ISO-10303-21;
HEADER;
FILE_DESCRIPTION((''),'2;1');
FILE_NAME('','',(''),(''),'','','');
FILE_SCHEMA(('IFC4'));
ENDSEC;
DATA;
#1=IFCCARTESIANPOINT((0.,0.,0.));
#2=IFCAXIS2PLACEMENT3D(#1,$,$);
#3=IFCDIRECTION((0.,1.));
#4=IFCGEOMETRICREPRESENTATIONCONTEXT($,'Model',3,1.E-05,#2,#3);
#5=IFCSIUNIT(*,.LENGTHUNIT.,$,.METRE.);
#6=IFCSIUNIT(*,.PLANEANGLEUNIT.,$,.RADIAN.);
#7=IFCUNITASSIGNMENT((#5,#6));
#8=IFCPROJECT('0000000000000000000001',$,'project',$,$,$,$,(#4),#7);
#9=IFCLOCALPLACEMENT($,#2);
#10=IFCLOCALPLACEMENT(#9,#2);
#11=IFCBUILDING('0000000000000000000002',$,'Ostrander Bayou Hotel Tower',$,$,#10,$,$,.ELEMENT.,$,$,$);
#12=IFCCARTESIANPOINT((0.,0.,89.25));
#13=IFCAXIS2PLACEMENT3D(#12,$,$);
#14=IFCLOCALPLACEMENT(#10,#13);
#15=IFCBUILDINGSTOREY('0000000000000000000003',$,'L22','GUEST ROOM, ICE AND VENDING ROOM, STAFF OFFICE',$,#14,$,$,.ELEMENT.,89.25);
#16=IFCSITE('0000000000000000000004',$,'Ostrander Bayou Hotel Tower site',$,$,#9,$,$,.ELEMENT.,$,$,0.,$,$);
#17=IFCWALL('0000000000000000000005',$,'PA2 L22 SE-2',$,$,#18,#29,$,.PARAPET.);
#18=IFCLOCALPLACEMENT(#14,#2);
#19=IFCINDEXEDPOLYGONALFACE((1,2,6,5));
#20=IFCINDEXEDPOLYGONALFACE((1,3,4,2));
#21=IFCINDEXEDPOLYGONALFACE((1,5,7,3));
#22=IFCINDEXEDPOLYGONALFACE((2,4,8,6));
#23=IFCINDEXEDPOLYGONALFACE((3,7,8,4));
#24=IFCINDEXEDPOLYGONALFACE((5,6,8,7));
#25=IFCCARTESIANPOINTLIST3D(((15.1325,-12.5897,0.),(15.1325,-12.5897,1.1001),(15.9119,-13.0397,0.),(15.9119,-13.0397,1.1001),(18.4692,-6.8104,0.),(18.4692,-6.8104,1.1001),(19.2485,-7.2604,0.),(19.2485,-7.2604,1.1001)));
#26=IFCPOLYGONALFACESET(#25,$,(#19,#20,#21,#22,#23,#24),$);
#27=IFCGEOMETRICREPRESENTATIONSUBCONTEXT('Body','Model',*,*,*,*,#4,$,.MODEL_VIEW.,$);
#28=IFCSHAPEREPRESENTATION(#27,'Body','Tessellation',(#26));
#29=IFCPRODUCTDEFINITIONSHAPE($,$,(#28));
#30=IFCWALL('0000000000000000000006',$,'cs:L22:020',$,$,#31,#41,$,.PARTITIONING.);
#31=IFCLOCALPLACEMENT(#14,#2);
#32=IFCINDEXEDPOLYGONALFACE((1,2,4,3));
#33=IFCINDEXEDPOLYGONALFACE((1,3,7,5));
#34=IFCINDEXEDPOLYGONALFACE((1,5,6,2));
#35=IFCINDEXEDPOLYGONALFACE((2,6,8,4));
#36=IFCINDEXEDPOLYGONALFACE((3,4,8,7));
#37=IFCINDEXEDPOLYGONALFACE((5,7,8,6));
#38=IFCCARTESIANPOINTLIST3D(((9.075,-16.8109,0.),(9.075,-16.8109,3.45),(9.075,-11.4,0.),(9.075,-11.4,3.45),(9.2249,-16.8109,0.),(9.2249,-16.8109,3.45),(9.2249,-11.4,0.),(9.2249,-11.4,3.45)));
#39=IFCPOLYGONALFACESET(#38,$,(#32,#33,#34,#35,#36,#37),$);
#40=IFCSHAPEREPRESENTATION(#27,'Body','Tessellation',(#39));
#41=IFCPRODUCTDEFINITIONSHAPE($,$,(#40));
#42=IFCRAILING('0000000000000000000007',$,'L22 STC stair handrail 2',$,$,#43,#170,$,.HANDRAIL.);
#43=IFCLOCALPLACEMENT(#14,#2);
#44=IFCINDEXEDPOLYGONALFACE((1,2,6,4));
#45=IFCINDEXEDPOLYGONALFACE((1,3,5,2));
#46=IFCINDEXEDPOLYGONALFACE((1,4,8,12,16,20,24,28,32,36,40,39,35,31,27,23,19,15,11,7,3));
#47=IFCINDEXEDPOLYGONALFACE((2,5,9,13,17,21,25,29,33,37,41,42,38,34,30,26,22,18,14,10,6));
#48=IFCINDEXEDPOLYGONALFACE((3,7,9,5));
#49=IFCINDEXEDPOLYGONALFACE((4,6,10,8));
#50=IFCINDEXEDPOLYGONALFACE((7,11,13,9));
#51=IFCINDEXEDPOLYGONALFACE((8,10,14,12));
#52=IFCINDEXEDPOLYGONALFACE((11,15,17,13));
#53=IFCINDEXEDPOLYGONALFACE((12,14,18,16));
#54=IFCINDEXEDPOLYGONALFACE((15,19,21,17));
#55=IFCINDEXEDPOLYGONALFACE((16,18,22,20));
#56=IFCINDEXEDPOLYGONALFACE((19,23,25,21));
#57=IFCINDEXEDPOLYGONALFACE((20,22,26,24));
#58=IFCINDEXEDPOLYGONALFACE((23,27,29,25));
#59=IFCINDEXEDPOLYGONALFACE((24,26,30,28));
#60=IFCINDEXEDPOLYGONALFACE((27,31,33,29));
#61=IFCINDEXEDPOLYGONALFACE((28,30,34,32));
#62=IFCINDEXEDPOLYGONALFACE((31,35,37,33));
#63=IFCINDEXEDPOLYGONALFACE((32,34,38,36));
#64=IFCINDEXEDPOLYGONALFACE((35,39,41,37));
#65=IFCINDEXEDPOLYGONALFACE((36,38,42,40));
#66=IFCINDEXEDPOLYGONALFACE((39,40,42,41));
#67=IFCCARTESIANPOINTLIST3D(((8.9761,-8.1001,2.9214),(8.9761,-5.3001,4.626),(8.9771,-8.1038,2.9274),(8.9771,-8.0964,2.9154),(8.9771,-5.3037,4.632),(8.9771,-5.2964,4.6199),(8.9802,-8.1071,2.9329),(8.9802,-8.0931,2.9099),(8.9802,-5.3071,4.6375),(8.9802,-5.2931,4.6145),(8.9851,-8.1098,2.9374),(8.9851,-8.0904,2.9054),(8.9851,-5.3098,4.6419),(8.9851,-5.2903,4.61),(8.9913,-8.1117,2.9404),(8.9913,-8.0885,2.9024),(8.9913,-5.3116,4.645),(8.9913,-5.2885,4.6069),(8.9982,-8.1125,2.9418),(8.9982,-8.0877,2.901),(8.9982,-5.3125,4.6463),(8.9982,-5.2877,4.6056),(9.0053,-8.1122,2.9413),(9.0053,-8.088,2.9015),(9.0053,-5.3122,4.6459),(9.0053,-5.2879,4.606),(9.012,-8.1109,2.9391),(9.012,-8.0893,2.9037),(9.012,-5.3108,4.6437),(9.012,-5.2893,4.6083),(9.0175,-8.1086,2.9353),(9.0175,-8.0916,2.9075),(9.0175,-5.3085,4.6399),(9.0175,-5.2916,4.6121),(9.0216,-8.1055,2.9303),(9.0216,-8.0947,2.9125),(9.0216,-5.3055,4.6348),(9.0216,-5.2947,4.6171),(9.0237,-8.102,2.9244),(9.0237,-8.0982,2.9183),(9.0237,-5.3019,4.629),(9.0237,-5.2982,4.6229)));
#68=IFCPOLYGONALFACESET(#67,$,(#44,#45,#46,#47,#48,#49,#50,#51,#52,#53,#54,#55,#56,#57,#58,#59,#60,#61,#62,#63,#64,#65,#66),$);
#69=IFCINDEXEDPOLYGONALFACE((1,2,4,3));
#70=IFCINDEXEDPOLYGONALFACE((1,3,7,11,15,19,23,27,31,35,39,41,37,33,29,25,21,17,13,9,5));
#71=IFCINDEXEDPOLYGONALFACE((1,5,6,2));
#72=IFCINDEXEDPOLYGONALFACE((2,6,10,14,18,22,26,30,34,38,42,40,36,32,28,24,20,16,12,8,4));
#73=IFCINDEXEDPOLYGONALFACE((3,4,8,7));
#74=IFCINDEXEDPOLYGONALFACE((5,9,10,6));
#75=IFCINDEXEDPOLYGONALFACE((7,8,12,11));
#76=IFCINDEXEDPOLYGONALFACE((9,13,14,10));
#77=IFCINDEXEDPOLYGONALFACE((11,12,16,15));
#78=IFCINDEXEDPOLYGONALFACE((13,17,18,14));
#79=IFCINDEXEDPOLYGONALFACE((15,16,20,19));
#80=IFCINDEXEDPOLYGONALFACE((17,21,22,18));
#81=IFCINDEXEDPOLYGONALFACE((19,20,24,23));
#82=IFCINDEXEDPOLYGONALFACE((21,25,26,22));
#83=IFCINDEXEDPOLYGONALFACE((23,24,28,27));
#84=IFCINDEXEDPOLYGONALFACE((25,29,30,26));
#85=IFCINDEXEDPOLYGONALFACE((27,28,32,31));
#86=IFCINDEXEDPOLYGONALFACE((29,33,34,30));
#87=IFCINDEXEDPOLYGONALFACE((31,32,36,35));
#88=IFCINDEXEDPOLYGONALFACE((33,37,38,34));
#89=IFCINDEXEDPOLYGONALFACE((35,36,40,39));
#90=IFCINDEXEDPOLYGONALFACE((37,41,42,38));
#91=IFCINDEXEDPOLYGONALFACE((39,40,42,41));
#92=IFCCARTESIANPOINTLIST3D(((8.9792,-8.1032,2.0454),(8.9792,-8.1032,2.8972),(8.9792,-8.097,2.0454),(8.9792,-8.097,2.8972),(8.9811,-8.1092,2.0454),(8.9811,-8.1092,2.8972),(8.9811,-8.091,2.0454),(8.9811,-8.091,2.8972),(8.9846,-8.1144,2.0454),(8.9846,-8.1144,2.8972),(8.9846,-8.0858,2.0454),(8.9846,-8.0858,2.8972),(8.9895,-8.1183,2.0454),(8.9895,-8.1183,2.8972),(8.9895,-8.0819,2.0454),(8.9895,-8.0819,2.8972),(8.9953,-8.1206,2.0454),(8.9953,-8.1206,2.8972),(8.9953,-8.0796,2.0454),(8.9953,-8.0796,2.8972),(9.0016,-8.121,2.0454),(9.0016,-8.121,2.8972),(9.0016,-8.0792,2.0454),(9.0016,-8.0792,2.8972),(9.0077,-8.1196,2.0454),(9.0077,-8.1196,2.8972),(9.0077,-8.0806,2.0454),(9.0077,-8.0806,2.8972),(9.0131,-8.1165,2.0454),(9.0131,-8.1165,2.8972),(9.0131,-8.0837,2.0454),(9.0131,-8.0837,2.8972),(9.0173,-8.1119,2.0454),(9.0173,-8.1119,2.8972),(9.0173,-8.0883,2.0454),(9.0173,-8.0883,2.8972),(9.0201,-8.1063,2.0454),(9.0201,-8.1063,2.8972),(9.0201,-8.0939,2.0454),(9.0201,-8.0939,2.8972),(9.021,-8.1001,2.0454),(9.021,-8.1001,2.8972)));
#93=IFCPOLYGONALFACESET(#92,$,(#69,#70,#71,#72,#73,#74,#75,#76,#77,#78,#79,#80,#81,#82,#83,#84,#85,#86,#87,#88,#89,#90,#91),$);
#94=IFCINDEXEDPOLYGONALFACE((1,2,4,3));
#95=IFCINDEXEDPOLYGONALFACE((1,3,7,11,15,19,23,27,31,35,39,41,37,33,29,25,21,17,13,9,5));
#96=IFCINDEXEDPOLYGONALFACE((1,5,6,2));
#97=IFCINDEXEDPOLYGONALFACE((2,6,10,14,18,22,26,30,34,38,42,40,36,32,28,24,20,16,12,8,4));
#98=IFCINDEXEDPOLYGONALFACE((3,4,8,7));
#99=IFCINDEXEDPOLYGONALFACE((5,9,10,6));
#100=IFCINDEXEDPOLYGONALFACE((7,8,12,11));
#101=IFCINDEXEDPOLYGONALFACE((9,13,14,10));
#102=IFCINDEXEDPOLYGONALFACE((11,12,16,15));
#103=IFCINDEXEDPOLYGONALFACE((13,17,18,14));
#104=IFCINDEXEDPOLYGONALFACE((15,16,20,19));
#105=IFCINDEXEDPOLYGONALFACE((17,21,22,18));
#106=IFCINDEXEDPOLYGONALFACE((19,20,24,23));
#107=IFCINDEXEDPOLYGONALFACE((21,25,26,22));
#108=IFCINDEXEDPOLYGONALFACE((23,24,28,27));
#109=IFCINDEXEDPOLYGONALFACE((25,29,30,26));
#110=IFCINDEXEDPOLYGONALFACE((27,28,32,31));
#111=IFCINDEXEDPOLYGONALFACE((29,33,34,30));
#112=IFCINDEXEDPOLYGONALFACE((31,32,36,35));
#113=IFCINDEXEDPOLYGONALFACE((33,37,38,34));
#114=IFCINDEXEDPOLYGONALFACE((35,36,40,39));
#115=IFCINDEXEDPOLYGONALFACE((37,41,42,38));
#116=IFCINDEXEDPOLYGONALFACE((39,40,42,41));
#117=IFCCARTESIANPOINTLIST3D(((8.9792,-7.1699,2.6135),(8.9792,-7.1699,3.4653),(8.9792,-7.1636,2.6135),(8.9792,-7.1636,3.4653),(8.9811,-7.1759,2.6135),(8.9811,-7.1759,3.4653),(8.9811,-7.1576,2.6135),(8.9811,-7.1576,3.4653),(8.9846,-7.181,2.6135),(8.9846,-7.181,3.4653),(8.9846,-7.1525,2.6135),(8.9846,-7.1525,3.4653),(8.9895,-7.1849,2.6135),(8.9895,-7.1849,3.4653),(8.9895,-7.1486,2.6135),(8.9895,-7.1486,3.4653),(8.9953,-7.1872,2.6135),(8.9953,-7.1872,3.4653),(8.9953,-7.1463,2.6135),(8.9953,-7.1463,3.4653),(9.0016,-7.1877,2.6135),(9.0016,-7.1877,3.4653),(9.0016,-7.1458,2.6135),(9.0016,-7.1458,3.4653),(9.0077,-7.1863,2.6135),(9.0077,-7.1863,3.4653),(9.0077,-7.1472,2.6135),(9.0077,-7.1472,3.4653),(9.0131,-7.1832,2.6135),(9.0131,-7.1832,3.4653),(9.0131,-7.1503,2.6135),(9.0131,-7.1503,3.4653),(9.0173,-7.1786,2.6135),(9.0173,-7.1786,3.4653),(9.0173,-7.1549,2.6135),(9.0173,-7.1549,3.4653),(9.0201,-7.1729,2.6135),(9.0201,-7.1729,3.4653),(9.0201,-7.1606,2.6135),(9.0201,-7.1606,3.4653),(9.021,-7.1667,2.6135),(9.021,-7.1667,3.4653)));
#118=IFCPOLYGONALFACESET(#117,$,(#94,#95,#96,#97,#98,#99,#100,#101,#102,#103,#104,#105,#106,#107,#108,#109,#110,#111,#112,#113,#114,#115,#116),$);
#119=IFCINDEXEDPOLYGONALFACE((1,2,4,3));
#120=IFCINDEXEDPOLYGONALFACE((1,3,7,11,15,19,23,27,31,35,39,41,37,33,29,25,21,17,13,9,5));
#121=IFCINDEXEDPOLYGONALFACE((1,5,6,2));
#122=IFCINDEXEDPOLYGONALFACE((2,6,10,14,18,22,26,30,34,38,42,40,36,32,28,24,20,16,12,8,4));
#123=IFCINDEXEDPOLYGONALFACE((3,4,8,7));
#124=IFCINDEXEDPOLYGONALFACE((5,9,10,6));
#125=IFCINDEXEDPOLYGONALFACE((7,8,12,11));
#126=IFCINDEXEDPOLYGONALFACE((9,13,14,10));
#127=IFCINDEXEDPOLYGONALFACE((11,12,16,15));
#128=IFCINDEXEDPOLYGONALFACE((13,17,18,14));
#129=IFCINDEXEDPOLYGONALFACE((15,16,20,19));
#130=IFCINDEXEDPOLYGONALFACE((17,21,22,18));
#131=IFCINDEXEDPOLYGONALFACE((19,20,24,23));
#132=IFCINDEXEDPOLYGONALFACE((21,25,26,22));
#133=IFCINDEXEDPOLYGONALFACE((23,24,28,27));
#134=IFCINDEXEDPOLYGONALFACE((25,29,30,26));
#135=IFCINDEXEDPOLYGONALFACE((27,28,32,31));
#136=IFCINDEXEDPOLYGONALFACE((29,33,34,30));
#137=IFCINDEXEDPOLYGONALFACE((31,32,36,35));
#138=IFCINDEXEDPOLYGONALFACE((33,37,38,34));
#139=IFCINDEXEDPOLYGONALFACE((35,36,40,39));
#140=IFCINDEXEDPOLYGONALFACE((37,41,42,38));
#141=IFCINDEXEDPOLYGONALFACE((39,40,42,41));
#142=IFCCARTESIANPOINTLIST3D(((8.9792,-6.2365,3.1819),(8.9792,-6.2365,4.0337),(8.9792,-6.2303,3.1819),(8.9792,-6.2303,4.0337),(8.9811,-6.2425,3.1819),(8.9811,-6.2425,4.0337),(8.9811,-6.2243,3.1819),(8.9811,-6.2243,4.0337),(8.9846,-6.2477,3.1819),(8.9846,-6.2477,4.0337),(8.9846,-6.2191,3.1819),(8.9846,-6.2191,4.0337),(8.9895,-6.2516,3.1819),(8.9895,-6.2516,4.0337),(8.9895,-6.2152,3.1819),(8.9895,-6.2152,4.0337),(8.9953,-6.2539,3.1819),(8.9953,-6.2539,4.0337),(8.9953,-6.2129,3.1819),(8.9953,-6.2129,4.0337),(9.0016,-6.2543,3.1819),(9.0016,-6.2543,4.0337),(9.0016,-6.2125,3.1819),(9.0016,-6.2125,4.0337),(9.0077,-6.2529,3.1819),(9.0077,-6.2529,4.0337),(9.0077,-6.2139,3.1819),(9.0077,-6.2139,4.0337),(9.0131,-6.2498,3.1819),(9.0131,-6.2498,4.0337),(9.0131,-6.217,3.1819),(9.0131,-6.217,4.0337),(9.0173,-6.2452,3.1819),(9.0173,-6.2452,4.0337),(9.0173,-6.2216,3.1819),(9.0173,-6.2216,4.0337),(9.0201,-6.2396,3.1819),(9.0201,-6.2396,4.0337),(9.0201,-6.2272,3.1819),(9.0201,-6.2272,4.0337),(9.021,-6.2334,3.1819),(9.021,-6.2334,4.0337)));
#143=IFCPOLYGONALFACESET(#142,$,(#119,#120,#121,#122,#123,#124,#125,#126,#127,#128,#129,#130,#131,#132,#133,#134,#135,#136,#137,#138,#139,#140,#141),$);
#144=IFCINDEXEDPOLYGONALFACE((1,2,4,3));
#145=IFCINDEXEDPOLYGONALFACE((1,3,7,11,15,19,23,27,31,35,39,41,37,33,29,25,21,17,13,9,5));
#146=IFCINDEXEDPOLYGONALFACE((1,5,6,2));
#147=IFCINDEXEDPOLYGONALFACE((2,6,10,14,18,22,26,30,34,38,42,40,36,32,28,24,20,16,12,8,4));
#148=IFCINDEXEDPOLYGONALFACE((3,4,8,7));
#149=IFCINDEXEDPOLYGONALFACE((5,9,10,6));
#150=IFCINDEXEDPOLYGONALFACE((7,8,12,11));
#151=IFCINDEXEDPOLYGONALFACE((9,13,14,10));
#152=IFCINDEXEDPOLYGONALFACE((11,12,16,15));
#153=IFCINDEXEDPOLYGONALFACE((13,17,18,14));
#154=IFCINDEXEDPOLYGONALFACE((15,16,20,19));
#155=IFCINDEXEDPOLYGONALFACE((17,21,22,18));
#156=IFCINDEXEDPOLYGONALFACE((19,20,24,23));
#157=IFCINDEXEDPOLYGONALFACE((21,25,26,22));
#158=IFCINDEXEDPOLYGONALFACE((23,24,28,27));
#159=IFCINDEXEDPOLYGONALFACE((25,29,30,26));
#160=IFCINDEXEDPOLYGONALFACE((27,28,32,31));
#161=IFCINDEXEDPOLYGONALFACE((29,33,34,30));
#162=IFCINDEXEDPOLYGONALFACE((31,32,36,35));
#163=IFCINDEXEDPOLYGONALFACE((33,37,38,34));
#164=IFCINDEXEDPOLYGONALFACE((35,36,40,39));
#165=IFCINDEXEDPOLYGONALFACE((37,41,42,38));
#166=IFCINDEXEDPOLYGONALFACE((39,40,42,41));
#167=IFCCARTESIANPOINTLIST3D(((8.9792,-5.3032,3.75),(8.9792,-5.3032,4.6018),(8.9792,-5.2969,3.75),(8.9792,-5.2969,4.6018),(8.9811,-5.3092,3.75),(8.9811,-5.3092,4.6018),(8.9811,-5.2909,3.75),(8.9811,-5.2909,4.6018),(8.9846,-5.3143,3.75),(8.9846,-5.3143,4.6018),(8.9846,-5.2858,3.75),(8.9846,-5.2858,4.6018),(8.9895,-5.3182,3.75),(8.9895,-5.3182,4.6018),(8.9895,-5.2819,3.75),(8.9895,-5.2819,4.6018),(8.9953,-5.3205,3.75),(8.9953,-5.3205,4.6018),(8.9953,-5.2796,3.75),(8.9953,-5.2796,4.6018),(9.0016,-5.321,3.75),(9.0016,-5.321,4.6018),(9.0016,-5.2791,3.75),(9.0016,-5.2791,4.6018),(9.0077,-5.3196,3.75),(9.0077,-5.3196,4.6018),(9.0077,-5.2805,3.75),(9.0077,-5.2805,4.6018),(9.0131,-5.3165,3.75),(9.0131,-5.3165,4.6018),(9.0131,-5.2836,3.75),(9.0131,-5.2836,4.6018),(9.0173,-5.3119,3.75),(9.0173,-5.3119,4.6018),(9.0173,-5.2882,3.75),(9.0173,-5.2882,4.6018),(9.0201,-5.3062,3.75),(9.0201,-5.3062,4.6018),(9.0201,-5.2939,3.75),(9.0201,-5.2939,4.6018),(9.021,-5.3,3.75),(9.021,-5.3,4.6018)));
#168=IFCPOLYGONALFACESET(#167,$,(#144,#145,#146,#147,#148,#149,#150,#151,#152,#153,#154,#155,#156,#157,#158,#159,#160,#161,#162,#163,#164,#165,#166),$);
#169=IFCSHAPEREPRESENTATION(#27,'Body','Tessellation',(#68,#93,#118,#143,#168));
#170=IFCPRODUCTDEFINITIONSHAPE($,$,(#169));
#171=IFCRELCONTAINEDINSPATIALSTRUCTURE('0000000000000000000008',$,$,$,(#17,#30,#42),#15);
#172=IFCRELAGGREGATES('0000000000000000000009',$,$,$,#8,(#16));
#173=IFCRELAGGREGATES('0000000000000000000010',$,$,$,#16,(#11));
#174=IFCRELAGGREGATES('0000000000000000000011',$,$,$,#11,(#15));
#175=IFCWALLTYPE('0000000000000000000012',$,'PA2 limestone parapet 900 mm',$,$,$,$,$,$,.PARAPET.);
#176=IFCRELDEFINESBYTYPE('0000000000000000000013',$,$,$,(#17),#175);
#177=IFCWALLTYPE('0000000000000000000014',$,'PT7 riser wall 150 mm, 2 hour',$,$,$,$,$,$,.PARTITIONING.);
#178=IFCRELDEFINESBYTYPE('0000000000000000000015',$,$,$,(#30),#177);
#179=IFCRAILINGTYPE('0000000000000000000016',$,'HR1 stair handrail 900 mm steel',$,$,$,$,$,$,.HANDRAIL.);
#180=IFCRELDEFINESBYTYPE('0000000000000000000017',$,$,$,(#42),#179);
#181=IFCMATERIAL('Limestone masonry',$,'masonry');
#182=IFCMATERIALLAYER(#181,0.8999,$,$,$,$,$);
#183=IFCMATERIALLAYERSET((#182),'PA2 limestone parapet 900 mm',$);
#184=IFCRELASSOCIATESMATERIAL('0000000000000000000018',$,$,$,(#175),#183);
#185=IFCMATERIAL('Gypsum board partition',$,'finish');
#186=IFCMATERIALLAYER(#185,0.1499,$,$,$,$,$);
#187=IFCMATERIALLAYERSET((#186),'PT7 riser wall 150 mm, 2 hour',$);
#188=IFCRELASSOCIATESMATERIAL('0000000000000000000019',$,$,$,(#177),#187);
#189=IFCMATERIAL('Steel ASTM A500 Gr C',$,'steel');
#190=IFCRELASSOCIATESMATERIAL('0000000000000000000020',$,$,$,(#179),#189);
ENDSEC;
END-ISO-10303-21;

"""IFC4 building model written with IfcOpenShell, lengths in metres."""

from ifc_helpers import new_model, si_unit, direction, frame, frame_2d, origin, origin_2d, place, context, subcontext, project, spatial, rectangle, circle, extrude, material, layer, layer_set, type_object, element, save


model = new_model("IFC4")

# Units and contexts
model_context = context("Model", 3, precision=1e-05, world=origin(), true_north=direction((0.0, 1.0)))
body_context = subcontext(model_context, "Body", "Model", "MODEL_VIEW")
ifc_project = project(units=[si_unit("LENGTHUNIT", "METRE"), si_unit("PLANEANGLEUNIT", "RADIAN")], contexts=[model_context])

# Site, building, storey
site_placement = place(None, origin())
site = spatial("IfcSite", under=ifc_project, at=site_placement, Name="Ostrander Bayou Hotel Tower site", CompositionType="ELEMENT", RefElevation=0.0)
building_placement = place(site_placement, origin())
building = spatial("IfcBuilding", under=site, at=building_placement, Name="Ostrander Bayou Hotel Tower", CompositionType="ELEMENT")
storey_placement = place(building_placement, frame((0.0, 0.0, 89.25)))
storey = spatial("IfcBuildingStorey", under=building, at=storey_placement, Name="L22", Description="GUEST ROOM, ICE AND VENDING ROOM, STAFF OFFICE", CompositionType="ELEMENT", Elevation=89.25)

# Walls
ifc_material_1 = material(Name="Limestone masonry", Category="masonry")
ifc_layer_1 = layer(ifc_material_1, 0.8999)
ifc_layer_set_1 = layer_set([ifc_layer_1], Name="PA2 limestone parapet 900 mm")
wall_type_1 = type_object("IfcWallType", Name="PA2 limestone parapet 900 mm", PredefinedType="PARAPET", material=ifc_layer_set_1)
wall_1_placement = place(storey_placement, frame((15.5222, -12.8147, 0.0), z_axis=(0.0, 0.0, 1.0), x_axis=(0.499999, 0.866026, 0.0)))
element("IfcWall", 1, at=wall_1_placement, inside=storey, type_object=wall_type_1, Name="PA2 L22 SE-2", PredefinedType="PARAPET", context=body_context, shape_type="SweptSolid", body=[
    extrude(rectangle(XDim=6.6733, YDim=0.8999, at=frame_2d((3.3367, 0.0))), origin(), (0.0, 0.0, 1.0), 1.1001),
])
ifc_material_2 = material(Name="Gypsum board partition", Category="finish")
ifc_layer_2 = layer(ifc_material_2, 0.1499)
ifc_layer_set_2 = layer_set([ifc_layer_2], Name="PT7 riser wall 150 mm, 2 hour")
wall_type_2 = type_object("IfcWallType", Name="PT7 riser wall 150 mm, 2 hour", PredefinedType="PARTITIONING", material=ifc_layer_set_2)
wall_2_placement = place(storey_placement, frame((9.1499, -11.3999, 0.0), z_axis=(0.0, 0.0, 1.0), x_axis=(0.0, -1.0, 0.0)))
element("IfcWall", 2, at=wall_2_placement, inside=storey, type_object=wall_type_2, Name="cs:L22:020", PredefinedType="PARTITIONING", context=body_context, shape_type="SweptSolid", body=[
    extrude(rectangle(XDim=5.4109, YDim=0.1499, at=frame_2d((2.7056, 0.0))), origin(), (0.0, 0.0, 1.0), 3.45),
])

# Railing
ifc_material_3 = material(Name="Steel ASTM A500 Gr C", Category="steel")
railing_type = type_object("IfcRailingType", Name="HR1 stair handrail 900 mm steel", PredefinedType="HANDRAIL", material=ifc_material_3)
railing_placement = place(storey_placement, frame((9.0, -8.1001, 2.0454)))
element("IfcRailing", 3, at=railing_placement, inside=storey, type_object=railing_type, Name="L22 STC stair handrail 2", PredefinedType="HANDRAIL", context=body_context, shape_type="SweptSolid", body=[
    extrude(circle(Radius=0.0239, at=origin_2d()), frame((0.0, 0.0, 0.876), z_axis=(0.0, 0.85417, 0.519994), x_axis=(-1.0, 0.0, 0.0)), (0.0, 0.0, 1.0), 3.2781),
    extrude(circle(Radius=0.021, at=origin_2d()), origin(), (0.0, 0.0, 1.0), 0.8518),
    extrude(circle(Radius=0.021, at=origin_2d()), frame((0.0, 0.9333, 0.5681)), (0.0, 0.0, 1.0), 0.8518),
    extrude(circle(Radius=0.021, at=origin_2d()), frame((0.0, 1.8667, 1.1365)), (0.0, 0.0, 1.0), 0.8518),
    extrude(circle(Radius=0.021, at=origin_2d()), frame((0.0, 2.8, 1.7046)), (0.0, 0.0, 1.0), 0.8518),
])

save(model, "model.ifc")
